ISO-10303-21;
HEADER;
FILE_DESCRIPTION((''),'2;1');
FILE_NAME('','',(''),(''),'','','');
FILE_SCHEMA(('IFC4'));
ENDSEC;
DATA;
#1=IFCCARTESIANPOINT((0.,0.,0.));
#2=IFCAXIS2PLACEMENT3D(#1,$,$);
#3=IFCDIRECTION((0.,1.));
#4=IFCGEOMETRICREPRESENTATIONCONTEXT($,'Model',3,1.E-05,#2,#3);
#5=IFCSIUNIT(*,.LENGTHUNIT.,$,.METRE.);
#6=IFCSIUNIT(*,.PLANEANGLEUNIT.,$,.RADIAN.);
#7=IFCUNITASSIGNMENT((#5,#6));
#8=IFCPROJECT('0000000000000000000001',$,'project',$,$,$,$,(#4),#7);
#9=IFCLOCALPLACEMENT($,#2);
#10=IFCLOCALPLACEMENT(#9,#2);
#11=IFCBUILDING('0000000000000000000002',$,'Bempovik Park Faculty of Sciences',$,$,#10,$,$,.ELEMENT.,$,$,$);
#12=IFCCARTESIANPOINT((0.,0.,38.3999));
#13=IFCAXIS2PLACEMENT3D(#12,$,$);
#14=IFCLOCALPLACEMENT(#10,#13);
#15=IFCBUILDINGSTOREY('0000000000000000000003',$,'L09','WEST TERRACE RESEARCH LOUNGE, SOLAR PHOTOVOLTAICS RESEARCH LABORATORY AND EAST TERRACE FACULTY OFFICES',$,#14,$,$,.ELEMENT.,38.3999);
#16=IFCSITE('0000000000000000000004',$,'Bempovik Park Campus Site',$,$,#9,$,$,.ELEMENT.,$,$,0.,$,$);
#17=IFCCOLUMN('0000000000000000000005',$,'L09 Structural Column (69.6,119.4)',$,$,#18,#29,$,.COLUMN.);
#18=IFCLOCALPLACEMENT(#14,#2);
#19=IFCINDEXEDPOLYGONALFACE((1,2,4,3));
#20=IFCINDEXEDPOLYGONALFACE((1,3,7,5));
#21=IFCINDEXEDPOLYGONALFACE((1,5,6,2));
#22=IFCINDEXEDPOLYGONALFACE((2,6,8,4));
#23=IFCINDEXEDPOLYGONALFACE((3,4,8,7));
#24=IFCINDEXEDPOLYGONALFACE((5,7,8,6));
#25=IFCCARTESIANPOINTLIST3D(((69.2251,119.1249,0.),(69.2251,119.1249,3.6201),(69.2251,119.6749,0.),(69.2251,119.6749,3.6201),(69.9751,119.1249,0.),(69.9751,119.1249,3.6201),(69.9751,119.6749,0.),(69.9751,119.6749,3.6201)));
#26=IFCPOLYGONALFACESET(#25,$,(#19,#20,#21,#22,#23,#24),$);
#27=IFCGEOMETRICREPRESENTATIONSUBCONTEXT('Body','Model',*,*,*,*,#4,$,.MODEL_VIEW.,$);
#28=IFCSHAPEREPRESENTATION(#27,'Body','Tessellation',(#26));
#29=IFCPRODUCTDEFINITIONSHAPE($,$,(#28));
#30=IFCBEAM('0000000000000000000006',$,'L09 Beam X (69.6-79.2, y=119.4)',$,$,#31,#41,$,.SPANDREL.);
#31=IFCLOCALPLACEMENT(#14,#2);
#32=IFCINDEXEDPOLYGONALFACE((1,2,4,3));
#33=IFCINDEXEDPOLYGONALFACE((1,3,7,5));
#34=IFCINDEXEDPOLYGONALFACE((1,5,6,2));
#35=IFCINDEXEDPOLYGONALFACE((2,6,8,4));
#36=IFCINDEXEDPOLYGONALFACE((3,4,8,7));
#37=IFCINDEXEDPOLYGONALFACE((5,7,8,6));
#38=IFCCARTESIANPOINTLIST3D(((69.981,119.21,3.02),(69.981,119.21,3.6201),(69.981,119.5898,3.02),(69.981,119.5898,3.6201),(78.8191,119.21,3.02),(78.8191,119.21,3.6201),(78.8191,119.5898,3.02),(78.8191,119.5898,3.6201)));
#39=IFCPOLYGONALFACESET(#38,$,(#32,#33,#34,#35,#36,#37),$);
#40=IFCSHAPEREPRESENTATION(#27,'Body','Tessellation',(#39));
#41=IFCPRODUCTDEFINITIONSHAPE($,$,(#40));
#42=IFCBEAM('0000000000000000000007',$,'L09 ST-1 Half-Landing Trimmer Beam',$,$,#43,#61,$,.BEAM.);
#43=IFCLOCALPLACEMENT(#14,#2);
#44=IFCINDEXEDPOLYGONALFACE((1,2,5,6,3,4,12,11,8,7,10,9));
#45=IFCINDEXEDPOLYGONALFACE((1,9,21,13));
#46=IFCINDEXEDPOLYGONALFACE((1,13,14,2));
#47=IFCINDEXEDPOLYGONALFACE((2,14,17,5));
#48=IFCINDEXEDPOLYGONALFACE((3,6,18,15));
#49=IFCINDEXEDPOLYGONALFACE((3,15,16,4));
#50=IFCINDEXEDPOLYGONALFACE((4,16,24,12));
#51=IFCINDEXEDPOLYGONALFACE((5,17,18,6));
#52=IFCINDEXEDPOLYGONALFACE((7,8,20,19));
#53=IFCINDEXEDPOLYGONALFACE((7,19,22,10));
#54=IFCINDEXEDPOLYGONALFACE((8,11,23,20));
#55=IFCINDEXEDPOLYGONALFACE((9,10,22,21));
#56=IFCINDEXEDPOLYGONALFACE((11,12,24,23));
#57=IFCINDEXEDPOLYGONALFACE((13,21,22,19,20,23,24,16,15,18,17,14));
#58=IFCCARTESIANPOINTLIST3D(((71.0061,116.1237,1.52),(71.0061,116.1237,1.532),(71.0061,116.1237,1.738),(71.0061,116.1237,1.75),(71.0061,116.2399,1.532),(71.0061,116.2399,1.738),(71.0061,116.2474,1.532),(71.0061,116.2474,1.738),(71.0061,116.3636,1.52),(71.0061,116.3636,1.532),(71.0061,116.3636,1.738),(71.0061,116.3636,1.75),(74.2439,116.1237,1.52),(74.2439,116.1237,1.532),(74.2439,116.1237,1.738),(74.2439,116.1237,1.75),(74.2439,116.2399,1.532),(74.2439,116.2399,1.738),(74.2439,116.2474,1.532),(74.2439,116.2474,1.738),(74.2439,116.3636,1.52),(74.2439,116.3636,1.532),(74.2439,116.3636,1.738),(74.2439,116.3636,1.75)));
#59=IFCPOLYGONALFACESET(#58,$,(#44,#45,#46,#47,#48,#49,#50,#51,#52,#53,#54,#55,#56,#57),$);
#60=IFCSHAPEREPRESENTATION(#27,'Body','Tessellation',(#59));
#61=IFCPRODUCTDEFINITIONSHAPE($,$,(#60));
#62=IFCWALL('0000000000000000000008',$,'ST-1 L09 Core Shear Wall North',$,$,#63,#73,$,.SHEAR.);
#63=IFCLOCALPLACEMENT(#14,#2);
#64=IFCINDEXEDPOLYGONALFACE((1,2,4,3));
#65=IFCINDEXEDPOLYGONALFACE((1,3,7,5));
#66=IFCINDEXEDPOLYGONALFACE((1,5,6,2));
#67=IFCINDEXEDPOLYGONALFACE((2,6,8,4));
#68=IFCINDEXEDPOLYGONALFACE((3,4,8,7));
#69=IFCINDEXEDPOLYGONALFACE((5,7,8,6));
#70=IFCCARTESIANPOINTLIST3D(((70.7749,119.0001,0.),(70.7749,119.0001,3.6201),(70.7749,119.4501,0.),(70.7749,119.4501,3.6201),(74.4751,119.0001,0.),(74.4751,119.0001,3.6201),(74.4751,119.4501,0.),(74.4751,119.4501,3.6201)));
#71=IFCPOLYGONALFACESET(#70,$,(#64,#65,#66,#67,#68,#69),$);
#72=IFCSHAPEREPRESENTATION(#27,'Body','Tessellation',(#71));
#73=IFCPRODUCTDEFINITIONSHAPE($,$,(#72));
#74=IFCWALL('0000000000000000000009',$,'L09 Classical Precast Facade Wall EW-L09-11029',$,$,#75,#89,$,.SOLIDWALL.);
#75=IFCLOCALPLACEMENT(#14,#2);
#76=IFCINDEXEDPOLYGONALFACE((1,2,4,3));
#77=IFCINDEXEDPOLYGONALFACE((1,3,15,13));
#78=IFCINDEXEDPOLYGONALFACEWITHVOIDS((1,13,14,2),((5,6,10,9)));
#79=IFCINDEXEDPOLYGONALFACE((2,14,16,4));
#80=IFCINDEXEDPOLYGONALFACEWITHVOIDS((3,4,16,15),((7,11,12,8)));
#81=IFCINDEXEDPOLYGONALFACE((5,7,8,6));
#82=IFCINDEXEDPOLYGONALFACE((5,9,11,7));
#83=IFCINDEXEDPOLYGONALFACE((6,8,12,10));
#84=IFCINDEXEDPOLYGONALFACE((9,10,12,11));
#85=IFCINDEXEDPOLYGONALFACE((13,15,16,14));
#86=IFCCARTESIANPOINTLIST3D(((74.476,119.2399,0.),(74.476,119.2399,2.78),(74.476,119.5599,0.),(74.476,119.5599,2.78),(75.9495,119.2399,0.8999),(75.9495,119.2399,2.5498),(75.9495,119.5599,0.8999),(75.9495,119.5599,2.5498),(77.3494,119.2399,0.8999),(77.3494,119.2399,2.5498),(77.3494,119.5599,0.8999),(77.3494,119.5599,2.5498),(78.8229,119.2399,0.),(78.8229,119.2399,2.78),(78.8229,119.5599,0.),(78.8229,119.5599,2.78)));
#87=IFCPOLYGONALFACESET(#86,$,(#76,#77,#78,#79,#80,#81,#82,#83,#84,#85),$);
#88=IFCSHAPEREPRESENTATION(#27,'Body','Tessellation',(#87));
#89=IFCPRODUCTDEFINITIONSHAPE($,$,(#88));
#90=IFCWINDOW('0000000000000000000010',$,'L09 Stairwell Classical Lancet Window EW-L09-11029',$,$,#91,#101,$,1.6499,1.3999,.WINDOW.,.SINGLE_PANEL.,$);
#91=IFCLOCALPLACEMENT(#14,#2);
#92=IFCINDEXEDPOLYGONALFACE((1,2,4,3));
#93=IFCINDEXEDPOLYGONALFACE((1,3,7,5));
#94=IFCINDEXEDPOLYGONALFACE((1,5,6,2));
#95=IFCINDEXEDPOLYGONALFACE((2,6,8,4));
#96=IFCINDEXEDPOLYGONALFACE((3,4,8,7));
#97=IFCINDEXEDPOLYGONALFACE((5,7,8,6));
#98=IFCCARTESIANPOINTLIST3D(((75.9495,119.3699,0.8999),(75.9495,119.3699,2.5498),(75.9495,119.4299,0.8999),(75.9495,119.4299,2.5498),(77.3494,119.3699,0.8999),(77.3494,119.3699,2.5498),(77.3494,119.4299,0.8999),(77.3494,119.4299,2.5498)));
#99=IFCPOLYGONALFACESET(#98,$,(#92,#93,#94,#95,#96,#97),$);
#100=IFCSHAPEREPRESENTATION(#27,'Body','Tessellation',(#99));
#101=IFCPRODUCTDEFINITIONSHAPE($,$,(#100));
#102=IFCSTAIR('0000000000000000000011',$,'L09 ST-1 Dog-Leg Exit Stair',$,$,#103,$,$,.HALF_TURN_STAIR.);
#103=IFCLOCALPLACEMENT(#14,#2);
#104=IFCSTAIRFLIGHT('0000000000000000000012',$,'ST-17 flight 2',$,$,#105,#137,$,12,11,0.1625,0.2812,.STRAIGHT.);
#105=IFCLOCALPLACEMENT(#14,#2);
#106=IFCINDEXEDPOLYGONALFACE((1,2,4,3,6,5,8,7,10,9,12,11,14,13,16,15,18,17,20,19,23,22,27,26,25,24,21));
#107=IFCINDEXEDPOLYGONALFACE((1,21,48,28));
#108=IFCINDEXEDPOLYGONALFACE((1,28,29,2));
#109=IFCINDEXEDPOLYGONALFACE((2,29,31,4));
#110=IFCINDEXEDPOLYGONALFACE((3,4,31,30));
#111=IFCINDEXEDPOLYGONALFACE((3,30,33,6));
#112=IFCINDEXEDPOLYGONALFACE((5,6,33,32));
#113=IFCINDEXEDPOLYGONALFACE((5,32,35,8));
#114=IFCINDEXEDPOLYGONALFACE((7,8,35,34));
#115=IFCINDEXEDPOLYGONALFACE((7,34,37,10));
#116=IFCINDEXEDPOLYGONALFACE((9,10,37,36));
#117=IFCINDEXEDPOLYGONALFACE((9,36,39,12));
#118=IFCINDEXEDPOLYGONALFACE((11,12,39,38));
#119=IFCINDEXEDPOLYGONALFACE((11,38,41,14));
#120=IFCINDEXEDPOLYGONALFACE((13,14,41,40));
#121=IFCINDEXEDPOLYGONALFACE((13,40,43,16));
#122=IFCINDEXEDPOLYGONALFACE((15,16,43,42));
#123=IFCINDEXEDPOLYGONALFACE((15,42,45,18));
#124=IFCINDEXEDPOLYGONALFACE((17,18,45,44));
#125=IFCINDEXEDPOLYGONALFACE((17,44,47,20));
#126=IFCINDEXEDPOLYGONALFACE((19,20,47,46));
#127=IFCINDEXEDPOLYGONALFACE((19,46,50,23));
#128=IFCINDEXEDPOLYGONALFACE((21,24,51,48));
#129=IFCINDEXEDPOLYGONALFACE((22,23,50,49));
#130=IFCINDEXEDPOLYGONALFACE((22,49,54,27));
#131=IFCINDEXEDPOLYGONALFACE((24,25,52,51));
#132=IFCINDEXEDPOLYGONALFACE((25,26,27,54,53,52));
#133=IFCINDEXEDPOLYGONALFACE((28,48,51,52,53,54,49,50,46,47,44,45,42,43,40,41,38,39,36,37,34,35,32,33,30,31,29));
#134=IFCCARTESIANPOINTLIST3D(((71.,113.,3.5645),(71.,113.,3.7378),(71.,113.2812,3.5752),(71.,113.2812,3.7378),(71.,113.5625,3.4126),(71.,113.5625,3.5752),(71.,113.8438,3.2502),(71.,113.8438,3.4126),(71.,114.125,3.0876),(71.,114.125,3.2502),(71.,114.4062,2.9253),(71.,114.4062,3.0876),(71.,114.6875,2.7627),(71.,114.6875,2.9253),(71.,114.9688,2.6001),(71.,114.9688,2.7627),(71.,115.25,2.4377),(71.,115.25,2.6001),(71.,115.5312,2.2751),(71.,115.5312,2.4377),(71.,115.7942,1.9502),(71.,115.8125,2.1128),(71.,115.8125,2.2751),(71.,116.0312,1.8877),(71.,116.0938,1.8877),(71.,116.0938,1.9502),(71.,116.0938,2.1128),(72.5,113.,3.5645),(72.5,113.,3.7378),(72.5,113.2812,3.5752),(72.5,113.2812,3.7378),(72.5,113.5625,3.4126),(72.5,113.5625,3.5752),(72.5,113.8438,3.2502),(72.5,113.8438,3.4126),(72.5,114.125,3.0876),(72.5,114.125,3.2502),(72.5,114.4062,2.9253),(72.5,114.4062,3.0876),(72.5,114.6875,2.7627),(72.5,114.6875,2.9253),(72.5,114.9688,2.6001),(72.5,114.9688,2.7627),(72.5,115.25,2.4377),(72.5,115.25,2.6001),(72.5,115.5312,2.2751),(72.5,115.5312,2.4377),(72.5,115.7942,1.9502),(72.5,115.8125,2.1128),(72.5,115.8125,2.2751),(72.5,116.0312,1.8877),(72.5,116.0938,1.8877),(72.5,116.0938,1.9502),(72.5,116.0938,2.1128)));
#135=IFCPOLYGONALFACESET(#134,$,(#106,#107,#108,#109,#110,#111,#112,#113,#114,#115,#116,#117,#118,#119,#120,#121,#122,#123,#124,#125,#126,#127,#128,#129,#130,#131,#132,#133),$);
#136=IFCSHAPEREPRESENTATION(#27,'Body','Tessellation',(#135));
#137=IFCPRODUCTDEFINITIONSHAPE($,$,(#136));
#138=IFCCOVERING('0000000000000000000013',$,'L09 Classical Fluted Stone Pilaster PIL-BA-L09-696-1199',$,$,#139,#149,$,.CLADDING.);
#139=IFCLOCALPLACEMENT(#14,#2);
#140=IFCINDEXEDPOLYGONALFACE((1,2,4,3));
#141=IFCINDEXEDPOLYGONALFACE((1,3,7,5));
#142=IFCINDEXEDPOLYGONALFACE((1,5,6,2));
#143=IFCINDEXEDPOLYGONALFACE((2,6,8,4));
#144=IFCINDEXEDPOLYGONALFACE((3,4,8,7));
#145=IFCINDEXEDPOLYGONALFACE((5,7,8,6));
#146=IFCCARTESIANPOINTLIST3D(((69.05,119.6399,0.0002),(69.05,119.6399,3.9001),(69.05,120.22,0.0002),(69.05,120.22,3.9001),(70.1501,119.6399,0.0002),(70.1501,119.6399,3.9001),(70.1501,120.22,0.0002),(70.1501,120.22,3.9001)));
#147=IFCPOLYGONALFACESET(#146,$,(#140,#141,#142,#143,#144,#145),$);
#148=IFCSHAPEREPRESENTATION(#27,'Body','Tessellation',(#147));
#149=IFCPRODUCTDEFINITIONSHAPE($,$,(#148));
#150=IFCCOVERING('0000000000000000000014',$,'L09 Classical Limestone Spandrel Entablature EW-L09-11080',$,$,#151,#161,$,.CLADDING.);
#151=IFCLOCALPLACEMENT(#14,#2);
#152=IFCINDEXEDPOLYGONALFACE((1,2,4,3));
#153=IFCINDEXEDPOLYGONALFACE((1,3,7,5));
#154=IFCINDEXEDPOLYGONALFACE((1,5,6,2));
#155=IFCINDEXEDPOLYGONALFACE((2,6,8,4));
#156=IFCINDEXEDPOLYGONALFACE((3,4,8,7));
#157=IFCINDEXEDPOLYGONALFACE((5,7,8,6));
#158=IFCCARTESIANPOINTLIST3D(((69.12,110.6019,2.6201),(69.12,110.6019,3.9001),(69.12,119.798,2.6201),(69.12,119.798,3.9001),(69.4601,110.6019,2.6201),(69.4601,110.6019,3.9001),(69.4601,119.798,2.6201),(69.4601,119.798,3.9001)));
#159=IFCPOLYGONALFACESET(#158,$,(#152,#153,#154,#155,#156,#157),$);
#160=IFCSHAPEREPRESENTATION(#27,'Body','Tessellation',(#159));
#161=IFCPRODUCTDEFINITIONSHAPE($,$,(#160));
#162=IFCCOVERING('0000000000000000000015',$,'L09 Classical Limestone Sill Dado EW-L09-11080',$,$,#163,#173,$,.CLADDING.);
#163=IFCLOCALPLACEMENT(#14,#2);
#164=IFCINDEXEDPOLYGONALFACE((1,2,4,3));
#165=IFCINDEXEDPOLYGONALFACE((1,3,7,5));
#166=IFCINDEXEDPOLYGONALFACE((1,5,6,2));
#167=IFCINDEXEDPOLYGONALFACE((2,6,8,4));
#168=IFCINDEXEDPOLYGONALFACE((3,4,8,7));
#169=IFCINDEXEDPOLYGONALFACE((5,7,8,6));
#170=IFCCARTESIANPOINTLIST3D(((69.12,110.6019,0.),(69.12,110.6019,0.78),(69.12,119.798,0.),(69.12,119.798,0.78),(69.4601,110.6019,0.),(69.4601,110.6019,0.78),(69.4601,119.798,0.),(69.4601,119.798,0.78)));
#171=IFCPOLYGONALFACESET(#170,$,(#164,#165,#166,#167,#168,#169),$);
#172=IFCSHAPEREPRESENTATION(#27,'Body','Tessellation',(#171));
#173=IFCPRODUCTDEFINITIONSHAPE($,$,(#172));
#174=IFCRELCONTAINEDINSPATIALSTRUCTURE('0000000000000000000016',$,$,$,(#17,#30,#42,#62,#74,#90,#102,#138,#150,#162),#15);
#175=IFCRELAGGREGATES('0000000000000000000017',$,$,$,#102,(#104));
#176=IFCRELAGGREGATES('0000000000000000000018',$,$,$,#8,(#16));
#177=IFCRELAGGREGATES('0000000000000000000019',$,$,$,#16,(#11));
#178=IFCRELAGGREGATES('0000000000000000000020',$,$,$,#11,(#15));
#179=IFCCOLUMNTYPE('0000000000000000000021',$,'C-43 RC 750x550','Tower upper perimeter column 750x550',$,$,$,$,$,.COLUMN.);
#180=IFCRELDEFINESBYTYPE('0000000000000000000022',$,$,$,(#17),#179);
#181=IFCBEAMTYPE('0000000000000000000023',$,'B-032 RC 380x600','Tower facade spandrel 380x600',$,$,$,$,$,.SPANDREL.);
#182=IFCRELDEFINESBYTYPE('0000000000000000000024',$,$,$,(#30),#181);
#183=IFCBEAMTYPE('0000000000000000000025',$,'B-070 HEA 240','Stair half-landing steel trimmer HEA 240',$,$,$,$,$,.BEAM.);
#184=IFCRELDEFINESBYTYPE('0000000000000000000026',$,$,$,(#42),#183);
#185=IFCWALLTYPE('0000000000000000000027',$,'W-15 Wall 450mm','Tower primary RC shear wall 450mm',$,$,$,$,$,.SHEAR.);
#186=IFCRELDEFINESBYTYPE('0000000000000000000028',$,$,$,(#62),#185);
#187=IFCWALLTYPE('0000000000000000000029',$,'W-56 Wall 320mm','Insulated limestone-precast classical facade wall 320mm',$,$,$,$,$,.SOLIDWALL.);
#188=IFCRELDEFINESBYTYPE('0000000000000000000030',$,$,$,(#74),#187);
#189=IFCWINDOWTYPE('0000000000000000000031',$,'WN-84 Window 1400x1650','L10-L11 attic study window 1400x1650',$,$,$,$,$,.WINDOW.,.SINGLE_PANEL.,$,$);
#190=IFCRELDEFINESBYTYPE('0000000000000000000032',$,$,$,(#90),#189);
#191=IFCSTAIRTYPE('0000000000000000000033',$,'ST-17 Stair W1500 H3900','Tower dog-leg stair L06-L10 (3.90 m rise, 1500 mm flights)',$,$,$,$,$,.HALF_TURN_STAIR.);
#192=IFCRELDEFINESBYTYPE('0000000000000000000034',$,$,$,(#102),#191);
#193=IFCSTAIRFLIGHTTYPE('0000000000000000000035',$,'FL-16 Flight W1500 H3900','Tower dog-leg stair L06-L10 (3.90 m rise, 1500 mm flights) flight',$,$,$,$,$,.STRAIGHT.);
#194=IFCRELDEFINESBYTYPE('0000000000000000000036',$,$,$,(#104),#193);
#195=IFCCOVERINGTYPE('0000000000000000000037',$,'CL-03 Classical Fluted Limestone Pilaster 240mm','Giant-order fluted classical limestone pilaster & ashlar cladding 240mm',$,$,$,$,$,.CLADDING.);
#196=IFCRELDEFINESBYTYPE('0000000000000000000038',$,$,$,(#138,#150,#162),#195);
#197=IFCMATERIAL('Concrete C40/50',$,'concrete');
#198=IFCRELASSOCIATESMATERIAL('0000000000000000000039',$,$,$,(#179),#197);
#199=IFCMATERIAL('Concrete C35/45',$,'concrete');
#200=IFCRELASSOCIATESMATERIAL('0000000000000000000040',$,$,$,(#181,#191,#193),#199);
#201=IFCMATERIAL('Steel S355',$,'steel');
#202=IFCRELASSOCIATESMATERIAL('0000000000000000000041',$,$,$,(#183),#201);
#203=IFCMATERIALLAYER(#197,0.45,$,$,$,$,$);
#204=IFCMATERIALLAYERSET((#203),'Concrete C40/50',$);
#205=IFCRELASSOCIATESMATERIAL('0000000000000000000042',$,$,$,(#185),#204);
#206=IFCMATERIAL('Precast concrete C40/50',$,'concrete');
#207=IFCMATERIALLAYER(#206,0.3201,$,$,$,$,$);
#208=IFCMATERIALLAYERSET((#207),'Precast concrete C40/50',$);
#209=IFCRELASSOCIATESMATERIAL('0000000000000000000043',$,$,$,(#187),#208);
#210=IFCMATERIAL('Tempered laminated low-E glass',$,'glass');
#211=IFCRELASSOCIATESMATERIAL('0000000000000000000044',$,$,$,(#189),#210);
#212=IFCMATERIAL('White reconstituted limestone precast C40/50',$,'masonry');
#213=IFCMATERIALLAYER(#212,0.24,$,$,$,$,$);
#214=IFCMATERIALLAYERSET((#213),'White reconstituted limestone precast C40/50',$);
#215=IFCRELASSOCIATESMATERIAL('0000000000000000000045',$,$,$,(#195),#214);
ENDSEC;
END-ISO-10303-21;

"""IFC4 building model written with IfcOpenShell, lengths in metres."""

from ifc_helpers import new_model, si_unit, direction, frame, frame_2d, origin, origin_2d, place, context, subcontext, project, spatial, polyline, rectangle, i_section, outline, extrude, material, layer, layer_set, material_profile, profile_set, type_object, element, fill, aggregate, save


model = new_model("IFC4")

# Units and contexts
model_context = context("Model", 3, precision=1e-05, world=origin(), true_north=direction((0.0, 1.0)))
body_context = subcontext(model_context, "Body", "Model", "MODEL_VIEW")
ifc_project = project(units=[si_unit("LENGTHUNIT", "METRE"), si_unit("PLANEANGLEUNIT", "RADIAN")], contexts=[model_context])

# Site, building, storey
site_placement = place(None, origin())
site = spatial("IfcSite", under=ifc_project, at=site_placement, Name="Bempovik Park Campus Site", CompositionType="ELEMENT", RefElevation=0.0)
building_placement = place(site_placement, origin())
building = spatial("IfcBuilding", under=site, at=building_placement, Name="Bempovik Park Faculty of Sciences", CompositionType="ELEMENT")
storey_placement = place(building_placement, frame((0.0, 0.0, 38.3999)))
storey = spatial("IfcBuildingStorey", under=building, at=storey_placement, Name="L09", Description="WEST TERRACE RESEARCH LOUNGE, SOLAR PHOTOVOLTAICS RESEARCH LABORATORY AND EAST TERRACE FACULTY OFFICES", CompositionType="ELEMENT", Elevation=38.3999)

# Column
ifc_material_1 = material(Name="Concrete C40/50", Category="concrete")
ifc_material_profile_1 = material_profile(ifc_material_1, rectangle(XDim=0.75, YDim=0.55, at=origin_2d()), Name="RC 750x550")
ifc_profile_set_1 = profile_set([ifc_material_profile_1], Name="Concrete C40/50")
column_type = type_object("IfcColumnType", Name="C-43 RC 750x550", Description="Tower upper perimeter column 750x550", PredefinedType="COLUMN", material=ifc_profile_set_1)
column_placement = place(storey_placement, frame((69.6001, 119.3999, 0.0), z_axis=(0.0, 0.0, 1.0), x_axis=(1.0, 0.0, 0.0)))
element("IfcColumn", 1, at=column_placement, inside=storey, type_object=column_type, Name="L09 Structural Column (69.6,119.4)", PredefinedType="COLUMN", context=body_context, shape_type="SweptSolid", body=[
    extrude(rectangle(XDim=0.75, YDim=0.55, at=origin_2d()), origin(), (0.0, 0.0, 1.0), 3.6201),
])

# Beams
ifc_material_2 = material(Name="Concrete C35/45", Category="concrete")
ifc_material_profile_2 = material_profile(ifc_material_2, rectangle(XDim=0.3799, YDim=0.6001, at=origin_2d()), Name="RC 380x600")
ifc_profile_set_2 = profile_set([ifc_material_profile_2], Name="Concrete C35/45")
beam_type_1 = type_object("IfcBeamType", Name="B-032 RC 380x600", Description="Tower facade spandrel 380x600", PredefinedType="SPANDREL", material=ifc_profile_set_2)
beam_1_placement = place(storey_placement, frame((69.981, 119.3999, 3.3201), z_axis=(1.0, 0.0, 0.0), x_axis=(0.0, 1.0, 0.0)))
element("IfcBeam", 2, at=beam_1_placement, inside=storey, type_object=beam_type_1, Name="L09 Beam X (69.6-79.2, y=119.4)", PredefinedType="SPANDREL", context=body_context, shape_type="SweptSolid", body=[
    extrude(rectangle(XDim=0.3799, YDim=0.6001, at=origin_2d()), origin(), (0.0, 0.0, 1.0), 8.8381),
])
ifc_material_3 = material(Name="Steel S355", Category="steel")
ifc_material_profile_3 = material_profile(ifc_material_3, i_section(OverallWidth=0.24, OverallDepth=0.23, WebThickness=0.0076, FlangeThickness=0.012, at=origin_2d()), Name="HEA 240")
ifc_profile_set_3 = profile_set([ifc_material_profile_3], Name="Steel S355")
beam_type_2 = type_object("IfcBeamType", Name="B-070 HEA 240", Description="Stair half-landing steel trimmer HEA 240", PredefinedType="BEAM", material=ifc_profile_set_3)
beam_2_placement = place(storey_placement, frame((71.0061, 116.2437, 1.635), z_axis=(1.0, 0.0, 0.0), x_axis=(0.0, 1.0, 0.0)))
element("IfcBeam", 3, at=beam_2_placement, inside=storey, type_object=beam_type_2, Name="L09 ST-1 Half-Landing Trimmer Beam", PredefinedType="BEAM", context=body_context, shape_type="SweptSolid", body=[
    extrude(i_section(OverallWidth=0.24, OverallDepth=0.23, WebThickness=0.0076, FlangeThickness=0.012, at=origin_2d()), origin(), (0.0, 0.0, 1.0), 3.2378),
])

# Wall
ifc_layer_1 = layer(ifc_material_1, 0.45)
ifc_layer_set_1 = layer_set([ifc_layer_1], Name="Concrete C40/50")
wall_type_1 = type_object("IfcWallType", Name="W-15 Wall 450mm", Description="Tower primary RC shear wall 450mm", PredefinedType="SHEAR", material=ifc_layer_set_1)
wall_1_placement = place(storey_placement, frame((70.7749, 119.2251, 0.0), z_axis=(0.0, 0.0, 1.0), x_axis=(1.0, 0.0, 0.0)))
element("IfcWall", 4, at=wall_1_placement, inside=storey, type_object=wall_type_1, Name="ST-1 L09 Core Shear Wall North", PredefinedType="SHEAR", context=body_context, shape_type="SweptSolid", body=[
    extrude(rectangle(XDim=3.7002, YDim=0.45, at=frame_2d((1.8501, 0.0))), origin(), (0.0, 0.0, 1.0), 3.6201),
])

# Wall, opening, window
ifc_material_4 = material(Name="Precast concrete C40/50", Category="concrete")
ifc_layer_2 = layer(ifc_material_4, 0.3201)
ifc_layer_set_2 = layer_set([ifc_layer_2], Name="Precast concrete C40/50")
wall_type_2 = type_object("IfcWallType", Name="W-56 Wall 320mm", Description="Insulated limestone-precast classical facade wall 320mm", PredefinedType="SOLIDWALL", material=ifc_layer_set_2)
wall_2_placement = place(storey_placement, frame((74.4761, 119.3999, 0.0), z_axis=(0.0, 0.0, 1.0), x_axis=(1.0, 0.0, 0.0)))
wall_2 = element("IfcWall", 5, at=wall_2_placement, inside=storey, type_object=wall_type_2, Name="L09 Classical Precast Facade Wall EW-L09-11029", PredefinedType="SOLIDWALL", context=body_context, shape_type="SweptSolid", body=[
    extrude(rectangle(XDim=4.3469, YDim=0.3201, at=frame_2d((2.1733, 0.0))), origin(), (0.0, 0.0, 1.0), 2.78),
])
opening_placement = place(wall_2_placement, frame((1.4734, 0.0, 0.8999)))
opening = element("IfcOpeningElement", 6, at=opening_placement, cuts=wall_2, PredefinedType="OPENING", context=body_context, shape_type="SweptSolid", body=[
    extrude(rectangle(XDim=1.3999, YDim=1.6499, at=frame_2d((0.7, 0.825))), frame((0.0, 0.1699, 0.0), z_axis=(0.0, -1.0, 0.0), x_axis=(1.0, 0.0, 0.0)), (0.0, 0.0, 1.0), 0.3401),
])
ifc_material_5 = material(Name="Tempered laminated low-E glass", Category="glass")
window_type = type_object("IfcWindowType", Name="WN-84 Window 1400x1650", Description="L10-L11 attic study window 1400x1650", PartitioningType="SINGLE_PANEL", PredefinedType="WINDOW", material=ifc_material_5)
window_placement = place(opening_placement, origin())
window = element("IfcWindow", 7, at=window_placement, inside=storey, type_object=window_type, Name="L09 Stairwell Classical Lancet Window EW-L09-11029", OverallHeight=1.6499, OverallWidth=1.3999, PartitioningType="SINGLE_PANEL", PredefinedType="WINDOW", context=body_context, shape_type="SweptSolid", body=[
    extrude(rectangle(XDim=1.3999, YDim=1.6499, at=frame_2d((0.7, 0.825))), frame((0.0, 0.03, 0.0), z_axis=(0.0, -1.0, 0.0), x_axis=(1.0, 0.0, 0.0)), (0.0, 0.0, 1.0), 0.0601),
])
fill(opening, window)

# Stair, stair flight
stair_type = type_object("IfcStairType", Name="ST-17 Stair W1500 H3900", Description="Tower dog-leg stair L06-L10 (3.90 m rise, 1500 mm flights)", PredefinedType="HALF_TURN_STAIR", material=ifc_material_2)
stair_placement = place(storey_placement, origin())
stair = element("IfcStair", 8, at=stair_placement, inside=storey, type_object=stair_type, Name="L09 ST-1 Dog-Leg Exit Stair", PredefinedType="HALF_TURN_STAIR")
stair_flight_type = type_object("IfcStairFlightType", Name="FL-16 Flight W1500 H3900", Description="Tower dog-leg stair L06-L10 (3.90 m rise, 1500 mm flights) flight", PredefinedType="STRAIGHT", material=ifc_material_2)
stair_flight_placement = place(storey_placement, frame((71.75, 116.0938, 1.9502), z_axis=(0.0, 0.0, 1.0), x_axis=(0.0, -1.0, 0.0)))
stair_flight = element("IfcStairFlight", 9, at=stair_flight_placement, type_object=stair_flight_type, Name="ST-17 flight 2", NumberOfRisers=12, NumberOfTreads=11, PredefinedType="STRAIGHT", RiserHeight=0.1625, TreadLength=0.2812, context=body_context, shape_type="SweptSolid", body=[
    extrude(outline(polyline([(0.0, 0.0), (0.0, 0.1626), (0.2812, 0.1626), (0.2812, 0.325), (0.5625, 0.325), (0.5625, 0.4875), (0.8438, 0.4875), (0.8438, 0.6499), (1.125, 0.6499), (1.125, 0.8125), (1.4062, 0.8125), (1.4062, 0.9751), (1.6875, 0.9751), (1.6875, 1.1375), (1.9688, 1.1375), (1.9688, 1.3), (2.25, 1.3), (2.25, 1.4624), (2.5312, 1.4624), (2.5312, 1.625), (2.8125, 1.625), (2.8125, 1.7876), (3.0938, 1.7876), (3.0938, 1.95), (3.0938, 1.6143), (0.2996, 0.0), (0.0625, -0.0625), (0.0, -0.0625), (0.0, 0.0)])), frame((0.0, 0.75, 0.0), z_axis=(0.0, -1.0, 0.0), x_axis=(1.0, 0.0, 0.0)), (0.0, 0.0, 1.0), 1.5),
])
aggregate(stair, [stair_flight])

# Coverings
ifc_material_6 = material(Name="White reconstituted limestone precast C40/50", Category="masonry")
ifc_layer_3 = layer(ifc_material_6, 0.24)
ifc_layer_set_3 = layer_set([ifc_layer_3], Name="White reconstituted limestone precast C40/50")
covering_type = type_object("IfcCoveringType", Name="CL-03 Classical Fluted Limestone Pilaster 240mm", Description="Giant-order fluted classical limestone pilaster & ashlar cladding 240mm", PredefinedType="CLADDING", material=ifc_layer_set_3)
covering_1_placement = place(storey_placement, frame((69.6001, 119.9299, 0.0002), z_axis=(0.0, 0.0, 1.0), x_axis=(1.0, 0.0, 0.0)))
element("IfcCovering", 10, at=covering_1_placement, inside=storey, type_object=covering_type, Name="L09 Classical Fluted Stone Pilaster PIL-BA-L09-696-1199", PredefinedType="CLADDING", context=body_context, shape_type="SweptSolid", body=[
    extrude(rectangle(XDim=1.1001, YDim=0.5801, at=origin_2d()), origin(), (0.0, 0.0, 1.0), 3.8999),
])
covering_2_placement = place(storey_placement, frame((69.29, 115.2, 2.6201), z_axis=(0.0, 0.0, 1.0), x_axis=(1.0, 0.0, 0.0)))
element("IfcCovering", 11, at=covering_2_placement, inside=storey, type_object=covering_type, Name="L09 Classical Limestone Spandrel Entablature EW-L09-11080", PredefinedType="CLADDING", context=body_context, shape_type="SweptSolid", body=[
    extrude(rectangle(XDim=0.3401, YDim=9.196, at=origin_2d()), origin(), (0.0, 0.0, 1.0), 1.28),
])
covering_3_placement = place(storey_placement, frame((69.29, 115.2, 0.0), z_axis=(0.0, 0.0, 1.0), x_axis=(1.0, 0.0, 0.0)))
element("IfcCovering", 12, at=covering_3_placement, inside=storey, type_object=covering_type, Name="L09 Classical Limestone Sill Dado EW-L09-11080", PredefinedType="CLADDING", context=body_context, shape_type="SweptSolid", body=[
    extrude(rectangle(XDim=0.3401, YDim=9.196, at=origin_2d()), origin(), (0.0, 0.0, 1.0), 0.78),
])

save(model, "model.ifc")
